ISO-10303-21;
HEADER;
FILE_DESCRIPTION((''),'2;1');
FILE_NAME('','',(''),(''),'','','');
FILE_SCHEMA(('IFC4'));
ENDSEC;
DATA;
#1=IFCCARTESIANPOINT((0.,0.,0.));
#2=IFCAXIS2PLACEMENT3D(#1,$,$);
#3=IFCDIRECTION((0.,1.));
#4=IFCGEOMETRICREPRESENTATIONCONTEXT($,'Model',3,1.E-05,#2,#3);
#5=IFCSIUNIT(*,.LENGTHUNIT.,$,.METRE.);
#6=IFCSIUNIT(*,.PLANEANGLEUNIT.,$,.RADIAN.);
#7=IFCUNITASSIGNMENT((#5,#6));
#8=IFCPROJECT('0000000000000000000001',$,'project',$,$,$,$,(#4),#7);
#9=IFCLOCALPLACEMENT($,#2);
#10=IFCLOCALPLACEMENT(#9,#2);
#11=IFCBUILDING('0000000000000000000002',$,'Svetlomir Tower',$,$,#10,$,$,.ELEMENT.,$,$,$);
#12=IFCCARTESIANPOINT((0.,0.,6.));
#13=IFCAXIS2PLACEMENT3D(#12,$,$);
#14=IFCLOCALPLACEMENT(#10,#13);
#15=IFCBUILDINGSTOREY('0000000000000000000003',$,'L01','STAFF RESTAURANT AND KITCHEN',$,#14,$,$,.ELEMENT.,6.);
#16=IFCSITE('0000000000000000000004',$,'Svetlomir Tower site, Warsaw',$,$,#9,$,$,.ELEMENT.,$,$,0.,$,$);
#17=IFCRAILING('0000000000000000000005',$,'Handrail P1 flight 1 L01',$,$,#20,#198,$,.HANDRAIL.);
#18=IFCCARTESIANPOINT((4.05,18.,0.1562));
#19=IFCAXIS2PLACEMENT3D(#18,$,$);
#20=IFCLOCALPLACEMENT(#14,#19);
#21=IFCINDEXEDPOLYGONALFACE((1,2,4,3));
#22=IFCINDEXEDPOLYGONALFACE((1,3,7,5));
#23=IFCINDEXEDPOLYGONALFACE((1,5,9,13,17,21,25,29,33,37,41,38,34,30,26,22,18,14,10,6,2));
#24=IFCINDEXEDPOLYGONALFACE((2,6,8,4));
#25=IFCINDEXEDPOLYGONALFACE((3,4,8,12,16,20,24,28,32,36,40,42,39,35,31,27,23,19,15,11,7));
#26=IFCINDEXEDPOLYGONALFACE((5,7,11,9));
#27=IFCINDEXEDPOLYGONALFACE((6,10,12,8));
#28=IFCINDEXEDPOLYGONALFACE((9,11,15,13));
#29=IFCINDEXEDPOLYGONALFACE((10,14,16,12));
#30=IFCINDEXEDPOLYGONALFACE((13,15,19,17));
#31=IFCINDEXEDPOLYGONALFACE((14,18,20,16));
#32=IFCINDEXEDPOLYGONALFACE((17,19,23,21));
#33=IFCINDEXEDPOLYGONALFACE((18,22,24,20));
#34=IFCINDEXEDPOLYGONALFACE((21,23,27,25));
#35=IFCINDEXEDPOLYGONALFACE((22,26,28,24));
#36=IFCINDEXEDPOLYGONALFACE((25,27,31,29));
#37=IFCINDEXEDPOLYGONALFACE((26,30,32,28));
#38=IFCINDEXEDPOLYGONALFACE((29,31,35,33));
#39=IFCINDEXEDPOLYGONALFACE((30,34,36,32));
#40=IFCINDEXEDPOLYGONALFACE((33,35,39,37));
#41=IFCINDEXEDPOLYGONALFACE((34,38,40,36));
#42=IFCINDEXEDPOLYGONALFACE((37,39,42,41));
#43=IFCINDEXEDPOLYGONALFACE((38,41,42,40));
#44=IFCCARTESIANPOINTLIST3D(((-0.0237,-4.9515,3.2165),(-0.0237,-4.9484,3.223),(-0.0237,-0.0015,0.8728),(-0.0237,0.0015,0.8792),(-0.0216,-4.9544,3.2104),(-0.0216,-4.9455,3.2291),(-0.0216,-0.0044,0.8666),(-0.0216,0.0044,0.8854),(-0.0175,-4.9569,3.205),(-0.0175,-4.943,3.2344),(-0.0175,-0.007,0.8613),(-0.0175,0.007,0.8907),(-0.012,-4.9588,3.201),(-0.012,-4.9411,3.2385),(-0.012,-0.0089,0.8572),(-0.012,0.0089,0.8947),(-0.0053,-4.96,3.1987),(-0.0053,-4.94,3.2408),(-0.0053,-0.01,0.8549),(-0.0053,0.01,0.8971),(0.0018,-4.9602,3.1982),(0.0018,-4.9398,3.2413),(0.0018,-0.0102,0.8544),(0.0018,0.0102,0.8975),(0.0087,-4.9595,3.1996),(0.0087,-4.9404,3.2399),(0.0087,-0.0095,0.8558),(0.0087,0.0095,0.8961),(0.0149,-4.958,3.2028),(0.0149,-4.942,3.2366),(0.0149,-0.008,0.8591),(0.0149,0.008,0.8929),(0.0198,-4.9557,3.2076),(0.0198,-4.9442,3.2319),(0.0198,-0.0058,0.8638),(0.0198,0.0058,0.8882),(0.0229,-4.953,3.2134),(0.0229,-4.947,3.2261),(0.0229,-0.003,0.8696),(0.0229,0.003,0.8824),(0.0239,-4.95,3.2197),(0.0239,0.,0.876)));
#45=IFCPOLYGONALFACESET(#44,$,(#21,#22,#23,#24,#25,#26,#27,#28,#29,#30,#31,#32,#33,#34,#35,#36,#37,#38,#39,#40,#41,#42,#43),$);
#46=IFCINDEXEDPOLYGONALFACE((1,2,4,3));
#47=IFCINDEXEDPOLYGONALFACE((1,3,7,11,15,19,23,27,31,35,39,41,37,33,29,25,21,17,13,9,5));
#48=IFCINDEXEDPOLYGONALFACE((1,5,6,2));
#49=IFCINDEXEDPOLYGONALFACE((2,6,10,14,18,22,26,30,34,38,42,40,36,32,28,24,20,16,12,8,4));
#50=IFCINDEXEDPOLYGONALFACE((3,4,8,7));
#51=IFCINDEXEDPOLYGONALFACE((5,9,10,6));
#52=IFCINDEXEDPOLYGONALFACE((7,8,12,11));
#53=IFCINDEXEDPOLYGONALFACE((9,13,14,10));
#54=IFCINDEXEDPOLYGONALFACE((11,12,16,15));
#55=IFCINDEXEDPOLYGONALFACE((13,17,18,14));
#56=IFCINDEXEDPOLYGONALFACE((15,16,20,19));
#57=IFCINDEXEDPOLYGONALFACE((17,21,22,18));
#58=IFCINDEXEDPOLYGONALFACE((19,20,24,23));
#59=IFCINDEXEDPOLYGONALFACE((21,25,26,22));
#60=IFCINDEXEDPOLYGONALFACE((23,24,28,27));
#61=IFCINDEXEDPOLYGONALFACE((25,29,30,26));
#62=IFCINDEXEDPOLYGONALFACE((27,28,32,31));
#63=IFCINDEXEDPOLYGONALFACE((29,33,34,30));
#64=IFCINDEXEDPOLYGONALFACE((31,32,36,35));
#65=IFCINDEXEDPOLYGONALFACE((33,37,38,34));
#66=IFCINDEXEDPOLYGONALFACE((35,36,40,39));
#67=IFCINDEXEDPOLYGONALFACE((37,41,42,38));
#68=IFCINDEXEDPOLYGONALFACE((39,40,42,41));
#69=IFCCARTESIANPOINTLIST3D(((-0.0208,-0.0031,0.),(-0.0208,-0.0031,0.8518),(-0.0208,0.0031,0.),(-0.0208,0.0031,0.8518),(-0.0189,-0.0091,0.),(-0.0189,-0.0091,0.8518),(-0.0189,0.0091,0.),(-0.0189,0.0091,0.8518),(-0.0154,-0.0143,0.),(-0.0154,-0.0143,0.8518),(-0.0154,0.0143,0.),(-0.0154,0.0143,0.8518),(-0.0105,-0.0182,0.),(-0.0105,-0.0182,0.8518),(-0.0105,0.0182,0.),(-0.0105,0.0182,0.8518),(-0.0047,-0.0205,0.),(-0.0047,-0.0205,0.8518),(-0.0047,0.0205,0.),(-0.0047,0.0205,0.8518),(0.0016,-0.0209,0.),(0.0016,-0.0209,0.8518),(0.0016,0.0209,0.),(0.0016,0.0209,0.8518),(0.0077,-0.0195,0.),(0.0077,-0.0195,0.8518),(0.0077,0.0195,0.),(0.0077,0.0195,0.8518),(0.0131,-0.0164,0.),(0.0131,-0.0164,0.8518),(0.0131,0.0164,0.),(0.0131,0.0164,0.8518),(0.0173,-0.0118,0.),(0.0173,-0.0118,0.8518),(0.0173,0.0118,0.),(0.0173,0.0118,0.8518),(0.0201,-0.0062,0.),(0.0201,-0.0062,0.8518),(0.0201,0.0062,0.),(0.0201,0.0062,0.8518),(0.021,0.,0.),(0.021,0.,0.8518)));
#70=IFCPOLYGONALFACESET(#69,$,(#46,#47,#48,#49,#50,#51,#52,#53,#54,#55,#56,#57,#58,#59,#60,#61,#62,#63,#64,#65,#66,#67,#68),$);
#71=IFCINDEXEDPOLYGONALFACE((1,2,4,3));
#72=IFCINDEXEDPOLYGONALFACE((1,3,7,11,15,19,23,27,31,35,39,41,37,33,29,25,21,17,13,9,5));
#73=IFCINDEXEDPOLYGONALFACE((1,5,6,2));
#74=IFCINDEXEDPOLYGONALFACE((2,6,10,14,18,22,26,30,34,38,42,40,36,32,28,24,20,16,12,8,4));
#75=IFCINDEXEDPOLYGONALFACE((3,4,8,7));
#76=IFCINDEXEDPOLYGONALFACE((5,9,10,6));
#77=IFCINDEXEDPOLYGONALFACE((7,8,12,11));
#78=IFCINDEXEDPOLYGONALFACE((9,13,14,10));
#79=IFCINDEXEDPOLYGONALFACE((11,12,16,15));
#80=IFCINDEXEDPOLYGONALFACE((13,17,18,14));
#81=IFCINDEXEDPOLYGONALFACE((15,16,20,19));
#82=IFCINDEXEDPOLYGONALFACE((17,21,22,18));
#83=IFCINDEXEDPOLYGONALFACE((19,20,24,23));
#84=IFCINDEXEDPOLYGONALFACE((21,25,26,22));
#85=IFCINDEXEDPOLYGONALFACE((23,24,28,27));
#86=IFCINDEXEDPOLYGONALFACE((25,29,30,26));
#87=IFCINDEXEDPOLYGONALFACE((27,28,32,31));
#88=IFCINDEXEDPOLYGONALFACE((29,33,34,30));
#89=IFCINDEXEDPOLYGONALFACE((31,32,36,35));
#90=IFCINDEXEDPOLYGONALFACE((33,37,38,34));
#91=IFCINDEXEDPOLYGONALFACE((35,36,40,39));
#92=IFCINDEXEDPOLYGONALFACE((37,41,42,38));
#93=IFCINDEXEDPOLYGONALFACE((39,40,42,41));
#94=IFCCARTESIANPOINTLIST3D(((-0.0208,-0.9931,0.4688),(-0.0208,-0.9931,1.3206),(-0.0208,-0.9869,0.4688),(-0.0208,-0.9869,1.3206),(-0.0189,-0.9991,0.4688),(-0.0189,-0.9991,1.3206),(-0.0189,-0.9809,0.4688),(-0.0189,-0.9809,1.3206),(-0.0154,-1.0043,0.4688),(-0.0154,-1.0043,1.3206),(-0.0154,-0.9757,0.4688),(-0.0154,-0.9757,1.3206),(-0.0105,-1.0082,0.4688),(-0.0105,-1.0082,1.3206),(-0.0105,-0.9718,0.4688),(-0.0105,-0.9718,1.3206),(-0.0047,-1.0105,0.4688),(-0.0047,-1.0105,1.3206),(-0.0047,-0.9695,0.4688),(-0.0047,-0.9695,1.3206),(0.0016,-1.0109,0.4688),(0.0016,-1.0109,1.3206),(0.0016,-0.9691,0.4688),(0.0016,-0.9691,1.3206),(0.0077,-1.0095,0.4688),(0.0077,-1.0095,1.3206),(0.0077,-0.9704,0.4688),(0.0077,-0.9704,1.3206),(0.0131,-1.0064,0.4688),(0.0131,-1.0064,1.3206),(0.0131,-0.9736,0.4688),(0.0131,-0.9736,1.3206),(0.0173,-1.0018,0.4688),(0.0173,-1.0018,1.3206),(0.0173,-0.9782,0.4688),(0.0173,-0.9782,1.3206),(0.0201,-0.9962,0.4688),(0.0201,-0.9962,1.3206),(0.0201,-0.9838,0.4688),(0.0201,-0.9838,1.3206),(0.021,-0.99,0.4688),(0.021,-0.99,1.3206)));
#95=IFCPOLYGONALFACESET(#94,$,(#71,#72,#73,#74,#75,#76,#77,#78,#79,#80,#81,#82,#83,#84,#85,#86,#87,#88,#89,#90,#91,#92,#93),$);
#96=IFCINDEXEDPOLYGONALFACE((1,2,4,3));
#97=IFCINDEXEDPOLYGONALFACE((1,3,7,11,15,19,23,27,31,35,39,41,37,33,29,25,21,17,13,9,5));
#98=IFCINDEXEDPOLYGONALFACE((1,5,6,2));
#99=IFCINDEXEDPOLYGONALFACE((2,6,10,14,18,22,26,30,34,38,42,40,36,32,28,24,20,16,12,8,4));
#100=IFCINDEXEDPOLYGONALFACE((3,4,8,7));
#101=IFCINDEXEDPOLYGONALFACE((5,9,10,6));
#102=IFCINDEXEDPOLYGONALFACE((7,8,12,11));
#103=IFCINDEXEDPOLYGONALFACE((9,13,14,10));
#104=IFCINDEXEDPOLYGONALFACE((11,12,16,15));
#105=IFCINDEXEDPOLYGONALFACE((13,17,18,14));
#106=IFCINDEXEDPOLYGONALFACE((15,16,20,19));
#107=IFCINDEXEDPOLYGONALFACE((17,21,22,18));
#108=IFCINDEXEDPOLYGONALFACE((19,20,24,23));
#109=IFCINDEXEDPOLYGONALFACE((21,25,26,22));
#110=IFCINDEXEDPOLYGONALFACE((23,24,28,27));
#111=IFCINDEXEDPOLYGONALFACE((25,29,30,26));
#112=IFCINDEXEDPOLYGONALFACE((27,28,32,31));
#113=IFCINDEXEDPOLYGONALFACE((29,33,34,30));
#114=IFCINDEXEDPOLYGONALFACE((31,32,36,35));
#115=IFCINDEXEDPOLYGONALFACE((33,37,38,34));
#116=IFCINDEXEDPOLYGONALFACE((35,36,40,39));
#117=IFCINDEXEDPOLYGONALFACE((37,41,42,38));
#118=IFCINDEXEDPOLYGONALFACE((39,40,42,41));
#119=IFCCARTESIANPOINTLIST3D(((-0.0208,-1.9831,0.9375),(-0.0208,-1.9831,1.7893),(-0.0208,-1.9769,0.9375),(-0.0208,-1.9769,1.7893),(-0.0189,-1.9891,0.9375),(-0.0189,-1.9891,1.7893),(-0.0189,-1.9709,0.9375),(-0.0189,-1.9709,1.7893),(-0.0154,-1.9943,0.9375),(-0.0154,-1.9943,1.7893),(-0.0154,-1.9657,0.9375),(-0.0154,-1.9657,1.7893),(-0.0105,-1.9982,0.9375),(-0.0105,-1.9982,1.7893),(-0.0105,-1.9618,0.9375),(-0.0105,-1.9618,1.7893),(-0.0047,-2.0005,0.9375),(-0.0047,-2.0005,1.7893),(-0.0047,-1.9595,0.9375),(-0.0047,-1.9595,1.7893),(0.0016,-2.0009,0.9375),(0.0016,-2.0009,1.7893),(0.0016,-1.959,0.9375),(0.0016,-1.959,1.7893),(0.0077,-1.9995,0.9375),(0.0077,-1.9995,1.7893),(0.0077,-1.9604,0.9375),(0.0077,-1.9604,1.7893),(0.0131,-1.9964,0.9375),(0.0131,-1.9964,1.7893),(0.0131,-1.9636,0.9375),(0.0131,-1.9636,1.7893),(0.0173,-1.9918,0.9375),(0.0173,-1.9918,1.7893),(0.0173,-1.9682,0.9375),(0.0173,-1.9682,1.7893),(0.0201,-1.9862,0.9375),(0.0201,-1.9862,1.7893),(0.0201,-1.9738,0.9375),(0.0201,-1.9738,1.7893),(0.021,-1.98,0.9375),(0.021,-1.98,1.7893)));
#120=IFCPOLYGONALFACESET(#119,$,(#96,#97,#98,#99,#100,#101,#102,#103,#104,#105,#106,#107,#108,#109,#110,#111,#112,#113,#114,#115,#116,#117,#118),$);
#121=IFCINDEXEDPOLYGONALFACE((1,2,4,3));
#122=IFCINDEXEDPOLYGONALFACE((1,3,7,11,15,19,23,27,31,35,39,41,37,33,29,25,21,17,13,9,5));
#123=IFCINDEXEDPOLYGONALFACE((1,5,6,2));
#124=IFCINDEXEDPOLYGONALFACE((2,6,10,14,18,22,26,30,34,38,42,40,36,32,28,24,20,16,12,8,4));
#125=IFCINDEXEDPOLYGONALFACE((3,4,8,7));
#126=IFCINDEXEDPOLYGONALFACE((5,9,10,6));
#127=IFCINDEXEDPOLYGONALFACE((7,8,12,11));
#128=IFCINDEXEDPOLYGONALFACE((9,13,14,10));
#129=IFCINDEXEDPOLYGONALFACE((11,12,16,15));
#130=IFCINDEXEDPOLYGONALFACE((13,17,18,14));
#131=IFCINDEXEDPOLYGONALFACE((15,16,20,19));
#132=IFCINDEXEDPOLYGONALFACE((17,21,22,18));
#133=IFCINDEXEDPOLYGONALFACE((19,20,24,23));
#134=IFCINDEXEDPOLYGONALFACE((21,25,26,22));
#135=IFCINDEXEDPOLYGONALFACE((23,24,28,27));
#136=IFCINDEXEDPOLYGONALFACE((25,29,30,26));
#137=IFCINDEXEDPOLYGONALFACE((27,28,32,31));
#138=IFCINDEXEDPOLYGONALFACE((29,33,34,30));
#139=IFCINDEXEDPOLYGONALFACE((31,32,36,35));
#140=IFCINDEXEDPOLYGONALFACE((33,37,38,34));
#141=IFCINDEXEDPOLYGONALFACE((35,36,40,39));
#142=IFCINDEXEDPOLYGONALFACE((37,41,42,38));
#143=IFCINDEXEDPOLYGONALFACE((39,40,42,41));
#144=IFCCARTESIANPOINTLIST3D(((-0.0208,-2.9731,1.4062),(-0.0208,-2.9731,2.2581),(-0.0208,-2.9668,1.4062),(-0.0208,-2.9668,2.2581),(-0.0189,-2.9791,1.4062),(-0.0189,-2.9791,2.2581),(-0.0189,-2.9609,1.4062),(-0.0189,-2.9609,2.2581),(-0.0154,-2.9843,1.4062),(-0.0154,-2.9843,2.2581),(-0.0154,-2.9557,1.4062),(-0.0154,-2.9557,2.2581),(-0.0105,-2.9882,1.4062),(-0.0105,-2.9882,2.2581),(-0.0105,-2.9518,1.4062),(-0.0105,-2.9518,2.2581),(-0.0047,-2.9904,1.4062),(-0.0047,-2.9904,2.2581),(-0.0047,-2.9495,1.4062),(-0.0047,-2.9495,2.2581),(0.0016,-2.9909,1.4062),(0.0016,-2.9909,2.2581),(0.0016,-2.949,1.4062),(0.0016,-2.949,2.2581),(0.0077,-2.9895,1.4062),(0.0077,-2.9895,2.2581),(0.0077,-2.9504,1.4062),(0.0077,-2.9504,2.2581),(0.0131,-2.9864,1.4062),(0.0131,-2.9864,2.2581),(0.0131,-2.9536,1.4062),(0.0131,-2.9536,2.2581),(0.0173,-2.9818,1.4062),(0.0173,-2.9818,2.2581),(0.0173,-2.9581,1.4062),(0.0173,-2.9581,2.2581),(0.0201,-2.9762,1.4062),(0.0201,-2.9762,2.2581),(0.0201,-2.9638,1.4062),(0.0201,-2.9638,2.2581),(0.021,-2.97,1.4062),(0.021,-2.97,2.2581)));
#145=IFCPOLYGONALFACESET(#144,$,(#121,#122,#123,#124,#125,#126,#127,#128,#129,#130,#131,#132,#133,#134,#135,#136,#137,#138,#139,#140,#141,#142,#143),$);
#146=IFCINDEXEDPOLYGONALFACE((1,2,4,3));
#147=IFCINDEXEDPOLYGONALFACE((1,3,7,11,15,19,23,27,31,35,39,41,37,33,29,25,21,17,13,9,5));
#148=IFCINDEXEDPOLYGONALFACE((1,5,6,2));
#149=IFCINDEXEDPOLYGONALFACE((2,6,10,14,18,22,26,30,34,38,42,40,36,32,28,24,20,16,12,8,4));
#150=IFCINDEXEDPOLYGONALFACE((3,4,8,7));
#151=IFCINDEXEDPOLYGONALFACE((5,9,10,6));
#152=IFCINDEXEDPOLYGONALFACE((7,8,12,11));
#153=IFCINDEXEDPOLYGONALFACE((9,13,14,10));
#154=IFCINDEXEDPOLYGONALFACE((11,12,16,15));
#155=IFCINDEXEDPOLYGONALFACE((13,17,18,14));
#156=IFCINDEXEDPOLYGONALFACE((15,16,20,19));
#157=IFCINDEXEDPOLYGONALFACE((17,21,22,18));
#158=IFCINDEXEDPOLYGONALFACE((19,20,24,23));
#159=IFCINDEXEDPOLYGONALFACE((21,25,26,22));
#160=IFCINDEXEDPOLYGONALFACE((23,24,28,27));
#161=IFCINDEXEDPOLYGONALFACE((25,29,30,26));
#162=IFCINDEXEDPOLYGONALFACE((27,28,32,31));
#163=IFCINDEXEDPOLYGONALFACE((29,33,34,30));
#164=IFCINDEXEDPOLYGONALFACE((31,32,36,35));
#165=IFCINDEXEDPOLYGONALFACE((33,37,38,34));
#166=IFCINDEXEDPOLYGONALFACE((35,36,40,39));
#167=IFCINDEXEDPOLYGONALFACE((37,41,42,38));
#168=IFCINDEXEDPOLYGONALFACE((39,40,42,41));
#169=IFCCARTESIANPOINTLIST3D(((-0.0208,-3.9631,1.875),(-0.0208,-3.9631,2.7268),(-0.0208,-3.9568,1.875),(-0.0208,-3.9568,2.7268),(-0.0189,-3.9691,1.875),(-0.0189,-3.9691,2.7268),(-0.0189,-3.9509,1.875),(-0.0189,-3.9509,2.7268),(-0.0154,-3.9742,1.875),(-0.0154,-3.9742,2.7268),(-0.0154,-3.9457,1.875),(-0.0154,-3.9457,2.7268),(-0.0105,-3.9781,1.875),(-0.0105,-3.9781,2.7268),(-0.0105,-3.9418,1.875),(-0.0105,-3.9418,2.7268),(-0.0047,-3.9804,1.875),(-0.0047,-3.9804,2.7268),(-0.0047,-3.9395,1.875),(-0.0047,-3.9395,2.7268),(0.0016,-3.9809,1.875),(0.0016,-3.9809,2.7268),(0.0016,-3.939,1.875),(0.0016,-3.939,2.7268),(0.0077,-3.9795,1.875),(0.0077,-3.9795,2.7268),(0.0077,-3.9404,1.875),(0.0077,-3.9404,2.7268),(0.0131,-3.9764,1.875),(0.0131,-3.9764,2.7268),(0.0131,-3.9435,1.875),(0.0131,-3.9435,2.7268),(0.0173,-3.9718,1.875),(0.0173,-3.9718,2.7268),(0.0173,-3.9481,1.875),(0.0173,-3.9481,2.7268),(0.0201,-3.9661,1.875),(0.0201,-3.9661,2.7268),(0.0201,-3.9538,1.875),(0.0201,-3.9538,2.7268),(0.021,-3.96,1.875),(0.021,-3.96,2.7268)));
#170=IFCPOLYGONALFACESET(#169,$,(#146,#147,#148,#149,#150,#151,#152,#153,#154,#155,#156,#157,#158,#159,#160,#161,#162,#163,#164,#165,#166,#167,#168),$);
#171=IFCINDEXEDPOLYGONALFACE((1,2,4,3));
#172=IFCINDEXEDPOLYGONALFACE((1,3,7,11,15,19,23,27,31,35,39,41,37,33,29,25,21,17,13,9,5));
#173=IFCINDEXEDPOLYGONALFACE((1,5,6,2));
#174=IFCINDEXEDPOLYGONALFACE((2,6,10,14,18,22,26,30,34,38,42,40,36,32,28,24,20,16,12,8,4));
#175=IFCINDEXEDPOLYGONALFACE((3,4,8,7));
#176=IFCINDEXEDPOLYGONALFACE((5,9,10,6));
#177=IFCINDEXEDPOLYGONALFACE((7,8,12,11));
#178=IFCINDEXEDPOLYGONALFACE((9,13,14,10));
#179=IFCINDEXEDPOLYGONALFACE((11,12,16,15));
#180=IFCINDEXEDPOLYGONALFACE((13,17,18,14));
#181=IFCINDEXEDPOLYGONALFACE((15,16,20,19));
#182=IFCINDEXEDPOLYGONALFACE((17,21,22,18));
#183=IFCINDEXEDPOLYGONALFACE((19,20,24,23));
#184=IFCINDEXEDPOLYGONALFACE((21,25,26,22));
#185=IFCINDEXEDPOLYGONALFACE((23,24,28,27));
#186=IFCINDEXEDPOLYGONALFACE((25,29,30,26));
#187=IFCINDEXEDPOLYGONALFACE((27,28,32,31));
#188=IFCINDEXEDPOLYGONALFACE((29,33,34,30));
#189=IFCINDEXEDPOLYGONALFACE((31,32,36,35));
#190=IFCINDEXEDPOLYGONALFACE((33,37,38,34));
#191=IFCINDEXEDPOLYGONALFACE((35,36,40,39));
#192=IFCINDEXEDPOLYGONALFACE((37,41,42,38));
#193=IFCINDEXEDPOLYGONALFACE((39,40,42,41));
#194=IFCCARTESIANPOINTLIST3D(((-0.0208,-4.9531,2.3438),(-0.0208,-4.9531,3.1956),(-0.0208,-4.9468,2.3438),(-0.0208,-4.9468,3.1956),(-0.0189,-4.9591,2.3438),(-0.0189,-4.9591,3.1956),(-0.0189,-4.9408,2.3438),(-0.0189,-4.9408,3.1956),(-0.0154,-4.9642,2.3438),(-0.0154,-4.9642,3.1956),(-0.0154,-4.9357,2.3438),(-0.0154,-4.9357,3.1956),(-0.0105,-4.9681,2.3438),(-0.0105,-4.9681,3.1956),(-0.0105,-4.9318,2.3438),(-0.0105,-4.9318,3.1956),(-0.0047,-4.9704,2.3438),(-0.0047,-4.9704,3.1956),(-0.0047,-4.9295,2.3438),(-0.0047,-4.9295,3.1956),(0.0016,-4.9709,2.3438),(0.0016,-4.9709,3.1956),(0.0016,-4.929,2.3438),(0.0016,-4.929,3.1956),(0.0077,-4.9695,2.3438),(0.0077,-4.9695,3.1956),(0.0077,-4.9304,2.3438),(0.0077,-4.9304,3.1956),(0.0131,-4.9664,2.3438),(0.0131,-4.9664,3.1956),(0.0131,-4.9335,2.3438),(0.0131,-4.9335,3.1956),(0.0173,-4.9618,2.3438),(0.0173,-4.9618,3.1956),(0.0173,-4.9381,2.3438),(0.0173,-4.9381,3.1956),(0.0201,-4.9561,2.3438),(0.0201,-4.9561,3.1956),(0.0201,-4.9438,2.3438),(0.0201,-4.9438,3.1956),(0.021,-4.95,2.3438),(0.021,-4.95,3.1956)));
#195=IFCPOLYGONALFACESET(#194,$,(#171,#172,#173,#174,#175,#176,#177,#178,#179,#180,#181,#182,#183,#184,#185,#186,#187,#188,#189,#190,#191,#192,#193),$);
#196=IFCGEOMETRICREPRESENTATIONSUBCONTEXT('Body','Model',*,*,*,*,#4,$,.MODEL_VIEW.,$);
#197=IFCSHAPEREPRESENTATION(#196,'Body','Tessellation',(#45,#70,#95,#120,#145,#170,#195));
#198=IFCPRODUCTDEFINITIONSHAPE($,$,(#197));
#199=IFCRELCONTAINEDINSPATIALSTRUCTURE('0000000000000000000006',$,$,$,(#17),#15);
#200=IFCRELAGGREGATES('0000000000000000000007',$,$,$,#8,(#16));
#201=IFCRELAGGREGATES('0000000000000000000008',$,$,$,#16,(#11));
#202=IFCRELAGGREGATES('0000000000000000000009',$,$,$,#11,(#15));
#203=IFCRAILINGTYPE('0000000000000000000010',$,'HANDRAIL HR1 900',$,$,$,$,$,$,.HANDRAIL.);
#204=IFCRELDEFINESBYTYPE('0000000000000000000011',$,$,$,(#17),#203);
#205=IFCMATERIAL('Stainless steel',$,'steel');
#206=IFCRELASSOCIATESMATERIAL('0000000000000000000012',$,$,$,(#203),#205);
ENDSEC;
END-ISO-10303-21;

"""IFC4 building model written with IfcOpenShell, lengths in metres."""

from ifc_helpers import new_model, si_unit, direction, frame, origin, origin_2d, place, context, subcontext, project, spatial, circle, extrude, material, type_object, element, save


model = new_model("IFC4")

# Units and contexts
model_context = context("Model", 3, precision=1e-05, world=origin(), true_north=direction((0.0, 1.0)))
body_context = subcontext(model_context, "Body", "Model", "MODEL_VIEW")
ifc_project = project(units=[si_unit("LENGTHUNIT", "METRE"), si_unit("PLANEANGLEUNIT", "RADIAN")], contexts=[model_context])

# Site, building, storey
site_placement = place(None, origin())
site = spatial("IfcSite", under=ifc_project, at=site_placement, Name="Svetlomir Tower site, Warsaw", CompositionType="ELEMENT", RefElevation=0.0)
building_placement = place(site_placement, origin())
building = spatial("IfcBuilding", under=site, at=building_placement, Name="Svetlomir Tower", CompositionType="ELEMENT")
storey_placement = place(building_placement, frame((0.0, 0.0, 6.0)))
storey = spatial("IfcBuildingStorey", under=building, at=storey_placement, Name="L01", Description="STAFF RESTAURANT AND KITCHEN", CompositionType="ELEMENT", Elevation=6.0)

# Railing
ifc_material_1 = material(Name="Stainless steel", Category="steel")
railing_type_1 = type_object("IfcRailingType", Name="HANDRAIL HR1 900", PredefinedType="HANDRAIL", material=ifc_material_1)
railing_1_placement = place(storey_placement, frame((4.05, 18.0, 0.1562)))
element("IfcRailing", 1, at=railing_1_placement, inside=storey, type_object=railing_type_1, Name="Handrail P1 flight 1 L01", PredefinedType="HANDRAIL", context=body_context, shape_type="SweptSolid", body=[
    extrude(circle(Radius=0.0239, at=origin_2d()), frame((0.0, 0.0, 0.876), z_axis=(0.0, -0.903806, 0.427943), x_axis=(1.0, 0.0, 0.0)), (0.0, 0.0, 1.0), 5.4768),
    extrude(circle(Radius=0.021, at=origin_2d()), origin(), (0.0, 0.0, 1.0), 0.8518),
    extrude(circle(Radius=0.021, at=origin_2d()), frame((0.0, -0.99, 0.4688)), (0.0, 0.0, 1.0), 0.8518),
    extrude(circle(Radius=0.021, at=origin_2d()), frame((0.0, -1.98, 0.9375)), (0.0, 0.0, 1.0), 0.8518),
    extrude(circle(Radius=0.021, at=origin_2d()), frame((0.0, -2.97, 1.4062)), (0.0, 0.0, 1.0), 0.8518),
    extrude(circle(Radius=0.021, at=origin_2d()), frame((0.0, -3.96, 1.875)), (0.0, 0.0, 1.0), 0.8518),
    extrude(circle(Radius=0.021, at=origin_2d()), frame((0.0, -4.95, 2.3438)), (0.0, 0.0, 1.0), 0.8518),
])

save(model, "model.ifc")
